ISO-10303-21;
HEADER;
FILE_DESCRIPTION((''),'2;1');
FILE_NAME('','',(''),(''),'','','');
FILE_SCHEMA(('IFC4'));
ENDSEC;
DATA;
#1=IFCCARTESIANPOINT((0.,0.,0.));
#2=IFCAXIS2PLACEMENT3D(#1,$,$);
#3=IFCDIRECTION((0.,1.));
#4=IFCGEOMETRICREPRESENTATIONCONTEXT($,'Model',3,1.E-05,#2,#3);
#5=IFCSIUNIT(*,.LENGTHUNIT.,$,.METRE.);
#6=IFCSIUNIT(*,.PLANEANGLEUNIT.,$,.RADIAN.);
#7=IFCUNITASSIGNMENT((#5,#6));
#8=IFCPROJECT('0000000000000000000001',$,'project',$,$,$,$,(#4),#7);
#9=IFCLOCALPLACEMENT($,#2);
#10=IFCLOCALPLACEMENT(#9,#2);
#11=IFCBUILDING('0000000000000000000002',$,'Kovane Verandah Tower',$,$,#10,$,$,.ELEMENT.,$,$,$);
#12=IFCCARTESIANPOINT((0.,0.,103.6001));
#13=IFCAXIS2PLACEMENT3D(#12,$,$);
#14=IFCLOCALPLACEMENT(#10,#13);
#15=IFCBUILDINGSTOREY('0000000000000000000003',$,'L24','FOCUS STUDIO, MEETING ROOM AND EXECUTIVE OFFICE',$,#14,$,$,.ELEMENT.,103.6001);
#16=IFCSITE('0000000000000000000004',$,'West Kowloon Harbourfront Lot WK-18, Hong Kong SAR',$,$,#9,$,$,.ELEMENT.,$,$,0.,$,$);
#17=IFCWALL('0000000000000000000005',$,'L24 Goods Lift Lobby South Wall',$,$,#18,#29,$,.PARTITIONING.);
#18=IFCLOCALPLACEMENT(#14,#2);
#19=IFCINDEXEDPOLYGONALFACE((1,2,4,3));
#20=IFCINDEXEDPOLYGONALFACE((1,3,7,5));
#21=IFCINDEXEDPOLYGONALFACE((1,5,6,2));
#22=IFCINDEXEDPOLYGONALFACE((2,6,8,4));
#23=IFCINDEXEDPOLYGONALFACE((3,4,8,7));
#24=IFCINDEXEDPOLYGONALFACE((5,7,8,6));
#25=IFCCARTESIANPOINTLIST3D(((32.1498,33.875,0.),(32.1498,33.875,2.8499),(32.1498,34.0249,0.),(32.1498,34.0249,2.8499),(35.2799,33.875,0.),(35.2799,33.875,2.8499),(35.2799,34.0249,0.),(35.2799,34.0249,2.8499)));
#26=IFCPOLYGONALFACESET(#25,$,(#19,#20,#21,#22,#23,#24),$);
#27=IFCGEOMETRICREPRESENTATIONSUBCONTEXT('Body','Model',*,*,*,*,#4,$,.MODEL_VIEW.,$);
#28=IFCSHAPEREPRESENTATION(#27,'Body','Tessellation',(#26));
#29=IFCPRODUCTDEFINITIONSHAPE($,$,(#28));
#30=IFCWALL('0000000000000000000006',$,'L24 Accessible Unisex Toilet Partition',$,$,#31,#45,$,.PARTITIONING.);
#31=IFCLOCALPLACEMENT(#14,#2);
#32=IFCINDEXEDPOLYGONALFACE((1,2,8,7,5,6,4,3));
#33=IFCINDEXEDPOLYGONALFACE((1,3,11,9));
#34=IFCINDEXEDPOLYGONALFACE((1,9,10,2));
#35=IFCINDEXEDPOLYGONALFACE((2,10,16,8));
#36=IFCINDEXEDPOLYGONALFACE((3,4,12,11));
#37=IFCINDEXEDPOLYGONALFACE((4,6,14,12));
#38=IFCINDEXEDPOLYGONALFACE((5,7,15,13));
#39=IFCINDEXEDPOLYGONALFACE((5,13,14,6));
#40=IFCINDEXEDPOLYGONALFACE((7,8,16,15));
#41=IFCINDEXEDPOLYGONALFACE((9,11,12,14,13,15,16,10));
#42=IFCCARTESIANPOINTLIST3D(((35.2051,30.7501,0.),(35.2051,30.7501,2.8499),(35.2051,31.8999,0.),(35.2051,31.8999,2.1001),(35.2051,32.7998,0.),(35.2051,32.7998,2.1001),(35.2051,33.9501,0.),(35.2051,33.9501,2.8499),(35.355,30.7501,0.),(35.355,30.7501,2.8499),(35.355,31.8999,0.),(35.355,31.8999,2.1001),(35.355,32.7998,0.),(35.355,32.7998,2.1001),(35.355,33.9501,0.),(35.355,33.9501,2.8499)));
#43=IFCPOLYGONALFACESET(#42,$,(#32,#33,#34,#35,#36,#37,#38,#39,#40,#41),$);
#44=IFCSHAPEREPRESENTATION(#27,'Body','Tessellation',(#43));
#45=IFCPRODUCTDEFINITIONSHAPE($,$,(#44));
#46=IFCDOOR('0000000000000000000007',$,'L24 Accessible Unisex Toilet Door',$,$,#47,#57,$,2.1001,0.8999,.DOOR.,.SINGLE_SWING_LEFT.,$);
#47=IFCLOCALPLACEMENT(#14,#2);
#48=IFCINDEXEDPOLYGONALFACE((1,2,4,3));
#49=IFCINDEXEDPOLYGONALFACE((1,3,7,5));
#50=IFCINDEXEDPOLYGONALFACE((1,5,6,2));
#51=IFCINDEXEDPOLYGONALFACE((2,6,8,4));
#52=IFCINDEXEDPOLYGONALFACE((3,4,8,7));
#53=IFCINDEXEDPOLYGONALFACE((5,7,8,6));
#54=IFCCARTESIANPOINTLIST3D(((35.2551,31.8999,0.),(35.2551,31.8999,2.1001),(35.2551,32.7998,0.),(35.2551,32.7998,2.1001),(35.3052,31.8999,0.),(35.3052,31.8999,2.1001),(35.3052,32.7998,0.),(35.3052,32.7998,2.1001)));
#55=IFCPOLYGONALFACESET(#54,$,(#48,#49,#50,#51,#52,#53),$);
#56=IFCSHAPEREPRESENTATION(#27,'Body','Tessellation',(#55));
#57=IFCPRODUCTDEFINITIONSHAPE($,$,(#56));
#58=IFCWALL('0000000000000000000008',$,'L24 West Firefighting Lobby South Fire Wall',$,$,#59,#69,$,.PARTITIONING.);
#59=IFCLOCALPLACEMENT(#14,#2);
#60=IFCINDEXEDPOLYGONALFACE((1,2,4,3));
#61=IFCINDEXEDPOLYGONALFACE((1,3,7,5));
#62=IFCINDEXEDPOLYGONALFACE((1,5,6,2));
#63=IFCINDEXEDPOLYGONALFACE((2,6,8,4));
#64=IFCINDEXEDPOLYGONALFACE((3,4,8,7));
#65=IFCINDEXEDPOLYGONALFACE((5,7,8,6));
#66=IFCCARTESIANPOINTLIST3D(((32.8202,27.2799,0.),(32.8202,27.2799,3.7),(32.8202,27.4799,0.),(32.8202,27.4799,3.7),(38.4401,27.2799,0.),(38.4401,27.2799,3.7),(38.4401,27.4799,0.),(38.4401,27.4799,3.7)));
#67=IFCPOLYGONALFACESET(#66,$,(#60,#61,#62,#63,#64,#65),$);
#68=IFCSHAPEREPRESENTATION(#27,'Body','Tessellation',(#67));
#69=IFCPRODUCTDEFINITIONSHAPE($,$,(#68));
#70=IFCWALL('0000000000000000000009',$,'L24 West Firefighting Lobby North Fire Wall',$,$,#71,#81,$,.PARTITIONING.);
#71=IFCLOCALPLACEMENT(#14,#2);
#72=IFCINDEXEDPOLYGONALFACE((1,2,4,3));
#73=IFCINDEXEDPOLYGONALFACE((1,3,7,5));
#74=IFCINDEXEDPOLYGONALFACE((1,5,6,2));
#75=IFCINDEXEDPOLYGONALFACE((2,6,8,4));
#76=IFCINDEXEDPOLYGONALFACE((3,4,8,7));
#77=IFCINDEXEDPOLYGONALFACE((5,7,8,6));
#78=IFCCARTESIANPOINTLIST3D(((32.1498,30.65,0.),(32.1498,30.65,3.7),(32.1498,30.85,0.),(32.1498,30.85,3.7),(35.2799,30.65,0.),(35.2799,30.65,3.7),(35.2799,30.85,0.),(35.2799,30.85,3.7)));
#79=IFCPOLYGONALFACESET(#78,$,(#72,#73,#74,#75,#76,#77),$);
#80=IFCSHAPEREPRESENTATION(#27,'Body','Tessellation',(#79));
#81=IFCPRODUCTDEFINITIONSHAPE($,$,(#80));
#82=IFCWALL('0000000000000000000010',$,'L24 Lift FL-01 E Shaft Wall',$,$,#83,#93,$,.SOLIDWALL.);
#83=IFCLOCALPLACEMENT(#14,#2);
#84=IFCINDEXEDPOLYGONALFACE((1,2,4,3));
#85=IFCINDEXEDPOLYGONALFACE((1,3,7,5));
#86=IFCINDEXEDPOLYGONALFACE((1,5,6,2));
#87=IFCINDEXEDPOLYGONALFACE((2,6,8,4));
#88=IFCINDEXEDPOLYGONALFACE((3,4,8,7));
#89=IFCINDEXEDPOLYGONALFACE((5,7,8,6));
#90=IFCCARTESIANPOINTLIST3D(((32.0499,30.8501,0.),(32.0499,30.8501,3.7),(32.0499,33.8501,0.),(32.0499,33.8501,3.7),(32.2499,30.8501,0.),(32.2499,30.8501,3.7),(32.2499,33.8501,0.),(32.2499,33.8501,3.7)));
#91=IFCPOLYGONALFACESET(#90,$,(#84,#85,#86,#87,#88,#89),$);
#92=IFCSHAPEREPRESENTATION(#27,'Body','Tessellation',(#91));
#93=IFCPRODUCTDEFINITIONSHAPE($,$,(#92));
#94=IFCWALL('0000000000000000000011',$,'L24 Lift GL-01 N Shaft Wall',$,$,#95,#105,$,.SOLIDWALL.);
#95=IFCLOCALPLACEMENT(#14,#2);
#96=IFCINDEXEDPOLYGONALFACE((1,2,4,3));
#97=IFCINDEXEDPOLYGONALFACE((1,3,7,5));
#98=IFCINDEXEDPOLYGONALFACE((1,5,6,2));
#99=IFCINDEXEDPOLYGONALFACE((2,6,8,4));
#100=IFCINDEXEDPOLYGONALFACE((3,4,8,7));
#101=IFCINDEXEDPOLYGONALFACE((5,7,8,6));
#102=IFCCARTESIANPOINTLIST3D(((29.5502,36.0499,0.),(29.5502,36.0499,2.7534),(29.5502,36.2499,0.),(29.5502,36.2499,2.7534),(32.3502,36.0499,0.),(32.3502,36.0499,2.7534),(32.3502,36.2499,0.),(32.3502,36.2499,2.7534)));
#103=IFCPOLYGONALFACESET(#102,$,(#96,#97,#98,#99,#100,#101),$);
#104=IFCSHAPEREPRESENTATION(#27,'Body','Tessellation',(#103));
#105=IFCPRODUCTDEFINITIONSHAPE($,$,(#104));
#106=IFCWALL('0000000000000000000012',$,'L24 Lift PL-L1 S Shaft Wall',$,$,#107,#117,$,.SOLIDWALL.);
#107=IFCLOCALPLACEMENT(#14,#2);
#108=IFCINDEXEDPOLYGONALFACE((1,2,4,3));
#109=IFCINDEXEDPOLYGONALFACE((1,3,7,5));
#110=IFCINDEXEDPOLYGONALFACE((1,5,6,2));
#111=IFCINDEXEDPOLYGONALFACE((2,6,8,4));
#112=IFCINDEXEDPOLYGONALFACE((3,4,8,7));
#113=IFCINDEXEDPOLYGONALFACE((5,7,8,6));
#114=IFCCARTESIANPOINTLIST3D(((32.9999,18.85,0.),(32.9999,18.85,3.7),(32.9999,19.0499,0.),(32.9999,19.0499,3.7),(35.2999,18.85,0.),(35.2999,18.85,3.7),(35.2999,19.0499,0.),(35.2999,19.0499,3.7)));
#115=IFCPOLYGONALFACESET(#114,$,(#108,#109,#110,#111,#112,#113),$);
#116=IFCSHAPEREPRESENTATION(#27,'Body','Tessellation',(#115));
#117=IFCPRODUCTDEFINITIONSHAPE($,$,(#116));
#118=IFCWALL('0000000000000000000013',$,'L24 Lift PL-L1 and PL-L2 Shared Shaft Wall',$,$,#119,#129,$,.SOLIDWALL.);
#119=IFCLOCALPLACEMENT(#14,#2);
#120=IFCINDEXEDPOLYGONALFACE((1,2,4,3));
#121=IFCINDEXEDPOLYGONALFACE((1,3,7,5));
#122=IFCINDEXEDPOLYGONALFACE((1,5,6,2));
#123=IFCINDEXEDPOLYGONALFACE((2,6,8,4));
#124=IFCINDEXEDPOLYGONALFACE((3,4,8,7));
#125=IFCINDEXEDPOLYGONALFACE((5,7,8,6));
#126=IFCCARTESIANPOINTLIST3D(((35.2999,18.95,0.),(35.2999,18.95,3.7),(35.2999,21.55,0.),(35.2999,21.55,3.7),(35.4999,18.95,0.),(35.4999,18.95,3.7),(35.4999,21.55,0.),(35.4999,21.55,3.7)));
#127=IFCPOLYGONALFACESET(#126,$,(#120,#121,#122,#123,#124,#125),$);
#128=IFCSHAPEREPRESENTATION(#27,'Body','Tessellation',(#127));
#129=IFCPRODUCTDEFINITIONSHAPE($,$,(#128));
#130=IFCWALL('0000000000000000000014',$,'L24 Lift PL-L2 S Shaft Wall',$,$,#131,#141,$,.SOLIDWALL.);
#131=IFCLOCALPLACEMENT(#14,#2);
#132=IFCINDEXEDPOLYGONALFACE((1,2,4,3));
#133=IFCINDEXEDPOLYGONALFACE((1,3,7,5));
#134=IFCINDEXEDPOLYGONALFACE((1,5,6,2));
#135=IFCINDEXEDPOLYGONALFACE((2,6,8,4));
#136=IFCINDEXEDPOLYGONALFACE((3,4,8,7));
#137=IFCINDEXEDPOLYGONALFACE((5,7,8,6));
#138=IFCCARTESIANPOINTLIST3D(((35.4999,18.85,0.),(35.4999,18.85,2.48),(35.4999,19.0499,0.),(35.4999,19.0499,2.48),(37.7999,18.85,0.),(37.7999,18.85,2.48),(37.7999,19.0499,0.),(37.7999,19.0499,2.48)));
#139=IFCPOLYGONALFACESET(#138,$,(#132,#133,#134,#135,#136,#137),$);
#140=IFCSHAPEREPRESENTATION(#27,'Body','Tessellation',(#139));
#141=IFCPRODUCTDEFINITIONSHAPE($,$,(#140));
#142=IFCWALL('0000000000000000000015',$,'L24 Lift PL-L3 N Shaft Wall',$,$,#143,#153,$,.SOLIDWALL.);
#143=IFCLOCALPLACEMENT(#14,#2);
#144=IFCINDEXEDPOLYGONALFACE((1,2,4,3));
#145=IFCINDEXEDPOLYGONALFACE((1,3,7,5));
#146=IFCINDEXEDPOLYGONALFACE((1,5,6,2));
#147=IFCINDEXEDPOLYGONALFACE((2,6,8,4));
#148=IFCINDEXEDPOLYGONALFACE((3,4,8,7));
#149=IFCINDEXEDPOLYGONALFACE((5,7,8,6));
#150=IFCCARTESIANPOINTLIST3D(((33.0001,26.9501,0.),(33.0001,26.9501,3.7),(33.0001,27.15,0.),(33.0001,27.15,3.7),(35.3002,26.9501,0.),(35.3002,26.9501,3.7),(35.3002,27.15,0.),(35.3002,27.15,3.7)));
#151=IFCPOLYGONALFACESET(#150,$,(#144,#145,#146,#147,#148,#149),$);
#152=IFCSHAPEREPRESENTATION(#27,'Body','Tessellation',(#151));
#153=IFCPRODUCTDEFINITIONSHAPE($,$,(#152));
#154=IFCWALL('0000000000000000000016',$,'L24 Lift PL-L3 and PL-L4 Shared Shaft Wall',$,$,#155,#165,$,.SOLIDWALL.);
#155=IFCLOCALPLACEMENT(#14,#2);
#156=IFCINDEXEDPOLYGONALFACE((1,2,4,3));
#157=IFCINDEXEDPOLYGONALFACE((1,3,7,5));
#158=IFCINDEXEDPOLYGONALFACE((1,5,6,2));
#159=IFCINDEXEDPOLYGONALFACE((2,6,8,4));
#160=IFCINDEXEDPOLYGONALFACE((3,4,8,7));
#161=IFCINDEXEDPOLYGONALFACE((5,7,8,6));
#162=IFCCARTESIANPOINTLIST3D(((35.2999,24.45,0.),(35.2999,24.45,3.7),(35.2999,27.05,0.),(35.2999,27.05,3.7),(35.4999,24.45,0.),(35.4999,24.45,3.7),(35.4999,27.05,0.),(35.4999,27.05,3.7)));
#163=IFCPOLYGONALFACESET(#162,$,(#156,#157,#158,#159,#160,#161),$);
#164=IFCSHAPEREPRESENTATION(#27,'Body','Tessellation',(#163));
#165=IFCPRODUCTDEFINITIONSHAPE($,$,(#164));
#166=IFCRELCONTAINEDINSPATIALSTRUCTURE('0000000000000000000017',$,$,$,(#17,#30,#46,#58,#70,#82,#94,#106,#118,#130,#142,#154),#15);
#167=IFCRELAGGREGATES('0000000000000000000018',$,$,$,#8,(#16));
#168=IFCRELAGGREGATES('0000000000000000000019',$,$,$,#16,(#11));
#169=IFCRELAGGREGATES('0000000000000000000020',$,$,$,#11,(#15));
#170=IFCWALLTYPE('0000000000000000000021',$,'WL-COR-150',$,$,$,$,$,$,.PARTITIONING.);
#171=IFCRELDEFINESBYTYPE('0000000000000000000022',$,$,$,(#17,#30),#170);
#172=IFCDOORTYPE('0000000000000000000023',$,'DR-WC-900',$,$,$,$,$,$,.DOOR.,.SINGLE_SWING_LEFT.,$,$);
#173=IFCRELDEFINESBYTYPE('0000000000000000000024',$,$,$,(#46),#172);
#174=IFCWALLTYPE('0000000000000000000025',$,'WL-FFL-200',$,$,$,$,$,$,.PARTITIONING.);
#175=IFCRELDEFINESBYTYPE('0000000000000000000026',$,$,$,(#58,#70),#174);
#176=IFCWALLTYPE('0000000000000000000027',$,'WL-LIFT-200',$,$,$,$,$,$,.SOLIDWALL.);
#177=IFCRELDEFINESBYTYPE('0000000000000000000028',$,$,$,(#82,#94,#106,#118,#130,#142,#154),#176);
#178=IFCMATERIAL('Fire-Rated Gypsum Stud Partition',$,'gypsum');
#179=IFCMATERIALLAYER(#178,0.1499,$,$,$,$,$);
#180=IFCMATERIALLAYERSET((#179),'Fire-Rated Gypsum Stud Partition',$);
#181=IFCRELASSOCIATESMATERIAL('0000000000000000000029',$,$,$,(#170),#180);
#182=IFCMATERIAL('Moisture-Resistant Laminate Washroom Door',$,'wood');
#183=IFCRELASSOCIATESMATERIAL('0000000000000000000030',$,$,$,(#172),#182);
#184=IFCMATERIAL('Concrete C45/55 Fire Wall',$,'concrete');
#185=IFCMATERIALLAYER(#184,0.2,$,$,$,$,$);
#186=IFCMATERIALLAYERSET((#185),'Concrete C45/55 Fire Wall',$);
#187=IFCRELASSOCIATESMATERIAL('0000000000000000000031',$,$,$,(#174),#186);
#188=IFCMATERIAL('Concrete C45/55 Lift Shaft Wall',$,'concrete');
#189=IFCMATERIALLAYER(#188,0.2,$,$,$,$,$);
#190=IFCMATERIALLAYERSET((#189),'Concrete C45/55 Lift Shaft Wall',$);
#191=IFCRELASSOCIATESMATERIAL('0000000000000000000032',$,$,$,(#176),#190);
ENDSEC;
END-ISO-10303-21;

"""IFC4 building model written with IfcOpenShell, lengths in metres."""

from ifc_helpers import new_model, si_unit, direction, frame, frame_2d, origin, place, context, subcontext, project, spatial, rectangle, extrude, material, layer, layer_set, type_object, element, fill, save


model = new_model("IFC4")

# Units and contexts
model_context = context("Model", 3, precision=1e-05, world=origin(), true_north=direction((0.0, 1.0)))
body_context = subcontext(model_context, "Body", "Model", "MODEL_VIEW")
ifc_project = project(units=[si_unit("LENGTHUNIT", "METRE"), si_unit("PLANEANGLEUNIT", "RADIAN")], contexts=[model_context])

# Site, building, storey
site_placement = place(None, origin())
site = spatial("IfcSite", under=ifc_project, at=site_placement, Name="West Kowloon Harbourfront Lot WK-18, Hong Kong SAR", CompositionType="ELEMENT", RefElevation=0.0)
building_placement = place(site_placement, origin())
building = spatial("IfcBuilding", under=site, at=building_placement, Name="Kovane Verandah Tower", CompositionType="ELEMENT")
storey_placement = place(building_placement, frame((0.0, 0.0, 103.6001)))
storey = spatial("IfcBuildingStorey", under=building, at=storey_placement, Name="L24", Description="FOCUS STUDIO, MEETING ROOM AND EXECUTIVE OFFICE", CompositionType="ELEMENT", Elevation=103.6001)

# Wall
ifc_material_1 = material(Name="Fire-Rated Gypsum Stud Partition", Category="gypsum")
ifc_layer_1 = layer(ifc_material_1, 0.1499)
ifc_layer_set_1 = layer_set([ifc_layer_1], Name="Fire-Rated Gypsum Stud Partition")
wall_type_1 = type_object("IfcWallType", Name="WL-COR-150", PredefinedType="PARTITIONING", material=ifc_layer_set_1)
wall_1_placement = place(storey_placement, frame((32.1499, 33.95, 0.0), z_axis=(0.0, 0.0, 1.0), x_axis=(1.0, 0.0, 0.0)))
element("IfcWall", 1, at=wall_1_placement, inside=storey, type_object=wall_type_1, Name="L24 Goods Lift Lobby South Wall", PredefinedType="PARTITIONING", context=body_context, shape_type="SweptSolid", body=[
    extrude(rectangle(XDim=3.1301, YDim=0.1499, at=frame_2d((1.5649, 0.0))), origin(), (0.0, 0.0, 1.0), 2.8499),
])

# Wall, opening, door
wall_2_placement = place(storey_placement, frame((35.28, 30.75, 0.0), z_axis=(0.0, 0.0, 1.0), x_axis=(0.0, 1.0, 0.0)))
wall_2 = element("IfcWall", 2, at=wall_2_placement, inside=storey, type_object=wall_type_1, Name="L24 Accessible Unisex Toilet Partition", PredefinedType="PARTITIONING", context=body_context, shape_type="SweptSolid", body=[
    extrude(rectangle(XDim=3.2, YDim=0.1499, at=frame_2d((1.6001, 0.0))), origin(), (0.0, 0.0, 1.0), 2.8499),
])
opening_1_placement = place(wall_2_placement, frame((1.1499, 0.0, 0.0)))
opening_1 = element("IfcOpeningElement", 3, at=opening_1_placement, cuts=wall_2, PredefinedType="OPENING", context=body_context, shape_type="SweptSolid", body=[
    extrude(rectangle(XDim=0.8999, YDim=2.1001, at=frame_2d((0.45, 1.05))), frame((0.0, 0.075, 0.0), z_axis=(0.0, -1.0, 0.0), x_axis=(1.0, 0.0, 0.0)), (0.0, 0.0, 1.0), 0.1499),
])
ifc_material_2 = material(Name="Moisture-Resistant Laminate Washroom Door", Category="wood")
door_type_1 = type_object("IfcDoorType", Name="DR-WC-900", OperationType="SINGLE_SWING_LEFT", PredefinedType="DOOR", material=ifc_material_2)
door_1_placement = place(opening_1_placement, origin())
door_1 = element("IfcDoor", 4, at=door_1_placement, inside=storey, type_object=door_type_1, Name="L24 Accessible Unisex Toilet Door", OperationType="SINGLE_SWING_LEFT", OverallHeight=2.1001, OverallWidth=0.8999, PredefinedType="DOOR", context=body_context, shape_type="SweptSolid", body=[
    extrude(rectangle(XDim=0.8999, YDim=2.1001, at=frame_2d((0.45, 1.05))), frame((0.0, 0.0249, 0.0), z_axis=(0.0, -1.0, 0.0), x_axis=(1.0, 0.0, 0.0)), (0.0, 0.0, 1.0), 0.05),
])
fill(opening_1, door_1)
ifc_material_3 = material(Name="Concrete C45/55 Fire Wall", Category="concrete")
ifc_layer_2 = layer(ifc_material_3, 0.2)
ifc_layer_set_2 = layer_set([ifc_layer_2], Name="Concrete C45/55 Fire Wall")
wall_type_2 = type_object("IfcWallType", Name="WL-FFL-200", PredefinedType="PARTITIONING", material=ifc_layer_set_2)

# Walls
wall_3_placement = place(storey_placement, frame((32.8201, 27.3799, 0.0), z_axis=(0.0, 0.0, 1.0), x_axis=(1.0, 0.0, 0.0)))
element("IfcWall", 5, at=wall_3_placement, inside=storey, type_object=wall_type_2, Name="L24 West Firefighting Lobby South Fire Wall", PredefinedType="PARTITIONING", context=body_context, shape_type="SweptSolid", body=[
    extrude(rectangle(XDim=5.6199, YDim=0.2, at=frame_2d((2.8101, 0.0))), origin(), (0.0, 0.0, 1.0), 3.7),
])
wall_4_placement = place(storey_placement, frame((32.1499, 30.75, 0.0), z_axis=(0.0, 0.0, 1.0), x_axis=(1.0, 0.0, 0.0)))
element("IfcWall", 6, at=wall_4_placement, inside=storey, type_object=wall_type_2, Name="L24 West Firefighting Lobby North Fire Wall", PredefinedType="PARTITIONING", context=body_context, shape_type="SweptSolid", body=[
    extrude(rectangle(XDim=3.1301, YDim=0.2, at=frame_2d((1.5649, 0.0))), origin(), (0.0, 0.0, 1.0), 3.7),
])
ifc_material_4 = material(Name="Concrete C45/55 Lift Shaft Wall", Category="concrete")
ifc_layer_3 = layer(ifc_material_4, 0.2)
ifc_layer_set_3 = layer_set([ifc_layer_3], Name="Concrete C45/55 Lift Shaft Wall")
wall_type_3 = type_object("IfcWallType", Name="WL-LIFT-200", PredefinedType="SOLIDWALL", material=ifc_layer_set_3)
wall_5_placement = place(storey_placement, frame((32.1499, 30.8501, 0.0), z_axis=(0.0, 0.0, 1.0), x_axis=(0.0, 1.0, 0.0)))
element("IfcWall", 7, at=wall_5_placement, inside=storey, type_object=wall_type_3, Name="L24 Lift FL-01 E Shaft Wall", PredefinedType="SOLIDWALL", context=body_context, shape_type="SweptSolid", body=[
    extrude(rectangle(XDim=3.0, YDim=0.2, at=frame_2d((1.5, 0.0))), origin(), (0.0, 0.0, 1.0), 3.7),
])
wall_6_placement = place(storey_placement, frame((32.3501, 36.1499, 0.0), z_axis=(0.0, 0.0, 1.0), x_axis=(-1.0, 0.0, 0.0)))
element("IfcWall", 8, at=wall_6_placement, inside=storey, type_object=wall_type_3, Name="L24 Lift GL-01 N Shaft Wall", PredefinedType="SOLIDWALL", context=body_context, shape_type="SweptSolid", body=[
    extrude(rectangle(XDim=2.8, YDim=0.2, at=frame_2d((1.3999, 0.0))), origin(), (0.0, 0.0, 1.0), 2.7534),
])

# Wall
wall_7_placement = place(storey_placement, frame((33.0, 18.95, 0.0), z_axis=(0.0, 0.0, 1.0), x_axis=(1.0, 0.0, 0.0)))
element("IfcWall", 9, at=wall_7_placement, inside=storey, type_object=wall_type_3, Name="L24 Lift PL-L1 S Shaft Wall", PredefinedType="SOLIDWALL", context=body_context, shape_type="SweptSolid", body=[
    extrude(rectangle(XDim=2.3, YDim=0.2, at=frame_2d((1.1499, 0.0))), origin(), (0.0, 0.0, 1.0), 3.7),
])

# Walls
wall_8_placement = place(storey_placement, frame((35.3999, 18.95, 0.0), z_axis=(0.0, 0.0, 1.0), x_axis=(0.0, 1.0, 0.0)))
element("IfcWall", 10, at=wall_8_placement, inside=storey, type_object=wall_type_3, Name="L24 Lift PL-L1 and PL-L2 Shared Shaft Wall", PredefinedType="SOLIDWALL", context=body_context, shape_type="SweptSolid", body=[
    extrude(rectangle(XDim=2.6001, YDim=0.2, at=frame_2d((1.3, 0.0))), origin(), (0.0, 0.0, 1.0), 3.7),
])
wall_9_placement = place(storey_placement, frame((35.5, 18.95, 0.0), z_axis=(0.0, 0.0, 1.0), x_axis=(1.0, 0.0, 0.0)))
element("IfcWall", 11, at=wall_9_placement, inside=storey, type_object=wall_type_3, Name="L24 Lift PL-L2 S Shaft Wall", PredefinedType="SOLIDWALL", context=body_context, shape_type="SweptSolid", body=[
    extrude(rectangle(XDim=2.3, YDim=0.2, at=frame_2d((1.1499, 0.0))), origin(), (0.0, 0.0, 1.0), 2.48),
])

# Walls
wall_10_placement = place(storey_placement, frame((35.3, 27.05, 0.0), z_axis=(0.0, 0.0, 1.0), x_axis=(-1.0, 0.0, 0.0)))
element("IfcWall", 12, at=wall_10_placement, inside=storey, type_object=wall_type_3, Name="L24 Lift PL-L3 N Shaft Wall", PredefinedType="SOLIDWALL", context=body_context, shape_type="SweptSolid", body=[
    extrude(rectangle(XDim=2.3, YDim=0.2, at=frame_2d((1.1499, 0.0))), origin(), (0.0, 0.0, 1.0), 3.7),
])
wall_11_placement = place(storey_placement, frame((35.3999, 24.45, 0.0), z_axis=(0.0, 0.0, 1.0), x_axis=(0.0, 1.0, 0.0)))
element("IfcWall", 13, at=wall_11_placement, inside=storey, type_object=wall_type_3, Name="L24 Lift PL-L3 and PL-L4 Shared Shaft Wall", PredefinedType="SOLIDWALL", context=body_context, shape_type="SweptSolid", body=[
    extrude(rectangle(XDim=2.6001, YDim=0.2, at=frame_2d((1.3, 0.0))), origin(), (0.0, 0.0, 1.0), 3.7),
])

save(model, "model.ifc")
